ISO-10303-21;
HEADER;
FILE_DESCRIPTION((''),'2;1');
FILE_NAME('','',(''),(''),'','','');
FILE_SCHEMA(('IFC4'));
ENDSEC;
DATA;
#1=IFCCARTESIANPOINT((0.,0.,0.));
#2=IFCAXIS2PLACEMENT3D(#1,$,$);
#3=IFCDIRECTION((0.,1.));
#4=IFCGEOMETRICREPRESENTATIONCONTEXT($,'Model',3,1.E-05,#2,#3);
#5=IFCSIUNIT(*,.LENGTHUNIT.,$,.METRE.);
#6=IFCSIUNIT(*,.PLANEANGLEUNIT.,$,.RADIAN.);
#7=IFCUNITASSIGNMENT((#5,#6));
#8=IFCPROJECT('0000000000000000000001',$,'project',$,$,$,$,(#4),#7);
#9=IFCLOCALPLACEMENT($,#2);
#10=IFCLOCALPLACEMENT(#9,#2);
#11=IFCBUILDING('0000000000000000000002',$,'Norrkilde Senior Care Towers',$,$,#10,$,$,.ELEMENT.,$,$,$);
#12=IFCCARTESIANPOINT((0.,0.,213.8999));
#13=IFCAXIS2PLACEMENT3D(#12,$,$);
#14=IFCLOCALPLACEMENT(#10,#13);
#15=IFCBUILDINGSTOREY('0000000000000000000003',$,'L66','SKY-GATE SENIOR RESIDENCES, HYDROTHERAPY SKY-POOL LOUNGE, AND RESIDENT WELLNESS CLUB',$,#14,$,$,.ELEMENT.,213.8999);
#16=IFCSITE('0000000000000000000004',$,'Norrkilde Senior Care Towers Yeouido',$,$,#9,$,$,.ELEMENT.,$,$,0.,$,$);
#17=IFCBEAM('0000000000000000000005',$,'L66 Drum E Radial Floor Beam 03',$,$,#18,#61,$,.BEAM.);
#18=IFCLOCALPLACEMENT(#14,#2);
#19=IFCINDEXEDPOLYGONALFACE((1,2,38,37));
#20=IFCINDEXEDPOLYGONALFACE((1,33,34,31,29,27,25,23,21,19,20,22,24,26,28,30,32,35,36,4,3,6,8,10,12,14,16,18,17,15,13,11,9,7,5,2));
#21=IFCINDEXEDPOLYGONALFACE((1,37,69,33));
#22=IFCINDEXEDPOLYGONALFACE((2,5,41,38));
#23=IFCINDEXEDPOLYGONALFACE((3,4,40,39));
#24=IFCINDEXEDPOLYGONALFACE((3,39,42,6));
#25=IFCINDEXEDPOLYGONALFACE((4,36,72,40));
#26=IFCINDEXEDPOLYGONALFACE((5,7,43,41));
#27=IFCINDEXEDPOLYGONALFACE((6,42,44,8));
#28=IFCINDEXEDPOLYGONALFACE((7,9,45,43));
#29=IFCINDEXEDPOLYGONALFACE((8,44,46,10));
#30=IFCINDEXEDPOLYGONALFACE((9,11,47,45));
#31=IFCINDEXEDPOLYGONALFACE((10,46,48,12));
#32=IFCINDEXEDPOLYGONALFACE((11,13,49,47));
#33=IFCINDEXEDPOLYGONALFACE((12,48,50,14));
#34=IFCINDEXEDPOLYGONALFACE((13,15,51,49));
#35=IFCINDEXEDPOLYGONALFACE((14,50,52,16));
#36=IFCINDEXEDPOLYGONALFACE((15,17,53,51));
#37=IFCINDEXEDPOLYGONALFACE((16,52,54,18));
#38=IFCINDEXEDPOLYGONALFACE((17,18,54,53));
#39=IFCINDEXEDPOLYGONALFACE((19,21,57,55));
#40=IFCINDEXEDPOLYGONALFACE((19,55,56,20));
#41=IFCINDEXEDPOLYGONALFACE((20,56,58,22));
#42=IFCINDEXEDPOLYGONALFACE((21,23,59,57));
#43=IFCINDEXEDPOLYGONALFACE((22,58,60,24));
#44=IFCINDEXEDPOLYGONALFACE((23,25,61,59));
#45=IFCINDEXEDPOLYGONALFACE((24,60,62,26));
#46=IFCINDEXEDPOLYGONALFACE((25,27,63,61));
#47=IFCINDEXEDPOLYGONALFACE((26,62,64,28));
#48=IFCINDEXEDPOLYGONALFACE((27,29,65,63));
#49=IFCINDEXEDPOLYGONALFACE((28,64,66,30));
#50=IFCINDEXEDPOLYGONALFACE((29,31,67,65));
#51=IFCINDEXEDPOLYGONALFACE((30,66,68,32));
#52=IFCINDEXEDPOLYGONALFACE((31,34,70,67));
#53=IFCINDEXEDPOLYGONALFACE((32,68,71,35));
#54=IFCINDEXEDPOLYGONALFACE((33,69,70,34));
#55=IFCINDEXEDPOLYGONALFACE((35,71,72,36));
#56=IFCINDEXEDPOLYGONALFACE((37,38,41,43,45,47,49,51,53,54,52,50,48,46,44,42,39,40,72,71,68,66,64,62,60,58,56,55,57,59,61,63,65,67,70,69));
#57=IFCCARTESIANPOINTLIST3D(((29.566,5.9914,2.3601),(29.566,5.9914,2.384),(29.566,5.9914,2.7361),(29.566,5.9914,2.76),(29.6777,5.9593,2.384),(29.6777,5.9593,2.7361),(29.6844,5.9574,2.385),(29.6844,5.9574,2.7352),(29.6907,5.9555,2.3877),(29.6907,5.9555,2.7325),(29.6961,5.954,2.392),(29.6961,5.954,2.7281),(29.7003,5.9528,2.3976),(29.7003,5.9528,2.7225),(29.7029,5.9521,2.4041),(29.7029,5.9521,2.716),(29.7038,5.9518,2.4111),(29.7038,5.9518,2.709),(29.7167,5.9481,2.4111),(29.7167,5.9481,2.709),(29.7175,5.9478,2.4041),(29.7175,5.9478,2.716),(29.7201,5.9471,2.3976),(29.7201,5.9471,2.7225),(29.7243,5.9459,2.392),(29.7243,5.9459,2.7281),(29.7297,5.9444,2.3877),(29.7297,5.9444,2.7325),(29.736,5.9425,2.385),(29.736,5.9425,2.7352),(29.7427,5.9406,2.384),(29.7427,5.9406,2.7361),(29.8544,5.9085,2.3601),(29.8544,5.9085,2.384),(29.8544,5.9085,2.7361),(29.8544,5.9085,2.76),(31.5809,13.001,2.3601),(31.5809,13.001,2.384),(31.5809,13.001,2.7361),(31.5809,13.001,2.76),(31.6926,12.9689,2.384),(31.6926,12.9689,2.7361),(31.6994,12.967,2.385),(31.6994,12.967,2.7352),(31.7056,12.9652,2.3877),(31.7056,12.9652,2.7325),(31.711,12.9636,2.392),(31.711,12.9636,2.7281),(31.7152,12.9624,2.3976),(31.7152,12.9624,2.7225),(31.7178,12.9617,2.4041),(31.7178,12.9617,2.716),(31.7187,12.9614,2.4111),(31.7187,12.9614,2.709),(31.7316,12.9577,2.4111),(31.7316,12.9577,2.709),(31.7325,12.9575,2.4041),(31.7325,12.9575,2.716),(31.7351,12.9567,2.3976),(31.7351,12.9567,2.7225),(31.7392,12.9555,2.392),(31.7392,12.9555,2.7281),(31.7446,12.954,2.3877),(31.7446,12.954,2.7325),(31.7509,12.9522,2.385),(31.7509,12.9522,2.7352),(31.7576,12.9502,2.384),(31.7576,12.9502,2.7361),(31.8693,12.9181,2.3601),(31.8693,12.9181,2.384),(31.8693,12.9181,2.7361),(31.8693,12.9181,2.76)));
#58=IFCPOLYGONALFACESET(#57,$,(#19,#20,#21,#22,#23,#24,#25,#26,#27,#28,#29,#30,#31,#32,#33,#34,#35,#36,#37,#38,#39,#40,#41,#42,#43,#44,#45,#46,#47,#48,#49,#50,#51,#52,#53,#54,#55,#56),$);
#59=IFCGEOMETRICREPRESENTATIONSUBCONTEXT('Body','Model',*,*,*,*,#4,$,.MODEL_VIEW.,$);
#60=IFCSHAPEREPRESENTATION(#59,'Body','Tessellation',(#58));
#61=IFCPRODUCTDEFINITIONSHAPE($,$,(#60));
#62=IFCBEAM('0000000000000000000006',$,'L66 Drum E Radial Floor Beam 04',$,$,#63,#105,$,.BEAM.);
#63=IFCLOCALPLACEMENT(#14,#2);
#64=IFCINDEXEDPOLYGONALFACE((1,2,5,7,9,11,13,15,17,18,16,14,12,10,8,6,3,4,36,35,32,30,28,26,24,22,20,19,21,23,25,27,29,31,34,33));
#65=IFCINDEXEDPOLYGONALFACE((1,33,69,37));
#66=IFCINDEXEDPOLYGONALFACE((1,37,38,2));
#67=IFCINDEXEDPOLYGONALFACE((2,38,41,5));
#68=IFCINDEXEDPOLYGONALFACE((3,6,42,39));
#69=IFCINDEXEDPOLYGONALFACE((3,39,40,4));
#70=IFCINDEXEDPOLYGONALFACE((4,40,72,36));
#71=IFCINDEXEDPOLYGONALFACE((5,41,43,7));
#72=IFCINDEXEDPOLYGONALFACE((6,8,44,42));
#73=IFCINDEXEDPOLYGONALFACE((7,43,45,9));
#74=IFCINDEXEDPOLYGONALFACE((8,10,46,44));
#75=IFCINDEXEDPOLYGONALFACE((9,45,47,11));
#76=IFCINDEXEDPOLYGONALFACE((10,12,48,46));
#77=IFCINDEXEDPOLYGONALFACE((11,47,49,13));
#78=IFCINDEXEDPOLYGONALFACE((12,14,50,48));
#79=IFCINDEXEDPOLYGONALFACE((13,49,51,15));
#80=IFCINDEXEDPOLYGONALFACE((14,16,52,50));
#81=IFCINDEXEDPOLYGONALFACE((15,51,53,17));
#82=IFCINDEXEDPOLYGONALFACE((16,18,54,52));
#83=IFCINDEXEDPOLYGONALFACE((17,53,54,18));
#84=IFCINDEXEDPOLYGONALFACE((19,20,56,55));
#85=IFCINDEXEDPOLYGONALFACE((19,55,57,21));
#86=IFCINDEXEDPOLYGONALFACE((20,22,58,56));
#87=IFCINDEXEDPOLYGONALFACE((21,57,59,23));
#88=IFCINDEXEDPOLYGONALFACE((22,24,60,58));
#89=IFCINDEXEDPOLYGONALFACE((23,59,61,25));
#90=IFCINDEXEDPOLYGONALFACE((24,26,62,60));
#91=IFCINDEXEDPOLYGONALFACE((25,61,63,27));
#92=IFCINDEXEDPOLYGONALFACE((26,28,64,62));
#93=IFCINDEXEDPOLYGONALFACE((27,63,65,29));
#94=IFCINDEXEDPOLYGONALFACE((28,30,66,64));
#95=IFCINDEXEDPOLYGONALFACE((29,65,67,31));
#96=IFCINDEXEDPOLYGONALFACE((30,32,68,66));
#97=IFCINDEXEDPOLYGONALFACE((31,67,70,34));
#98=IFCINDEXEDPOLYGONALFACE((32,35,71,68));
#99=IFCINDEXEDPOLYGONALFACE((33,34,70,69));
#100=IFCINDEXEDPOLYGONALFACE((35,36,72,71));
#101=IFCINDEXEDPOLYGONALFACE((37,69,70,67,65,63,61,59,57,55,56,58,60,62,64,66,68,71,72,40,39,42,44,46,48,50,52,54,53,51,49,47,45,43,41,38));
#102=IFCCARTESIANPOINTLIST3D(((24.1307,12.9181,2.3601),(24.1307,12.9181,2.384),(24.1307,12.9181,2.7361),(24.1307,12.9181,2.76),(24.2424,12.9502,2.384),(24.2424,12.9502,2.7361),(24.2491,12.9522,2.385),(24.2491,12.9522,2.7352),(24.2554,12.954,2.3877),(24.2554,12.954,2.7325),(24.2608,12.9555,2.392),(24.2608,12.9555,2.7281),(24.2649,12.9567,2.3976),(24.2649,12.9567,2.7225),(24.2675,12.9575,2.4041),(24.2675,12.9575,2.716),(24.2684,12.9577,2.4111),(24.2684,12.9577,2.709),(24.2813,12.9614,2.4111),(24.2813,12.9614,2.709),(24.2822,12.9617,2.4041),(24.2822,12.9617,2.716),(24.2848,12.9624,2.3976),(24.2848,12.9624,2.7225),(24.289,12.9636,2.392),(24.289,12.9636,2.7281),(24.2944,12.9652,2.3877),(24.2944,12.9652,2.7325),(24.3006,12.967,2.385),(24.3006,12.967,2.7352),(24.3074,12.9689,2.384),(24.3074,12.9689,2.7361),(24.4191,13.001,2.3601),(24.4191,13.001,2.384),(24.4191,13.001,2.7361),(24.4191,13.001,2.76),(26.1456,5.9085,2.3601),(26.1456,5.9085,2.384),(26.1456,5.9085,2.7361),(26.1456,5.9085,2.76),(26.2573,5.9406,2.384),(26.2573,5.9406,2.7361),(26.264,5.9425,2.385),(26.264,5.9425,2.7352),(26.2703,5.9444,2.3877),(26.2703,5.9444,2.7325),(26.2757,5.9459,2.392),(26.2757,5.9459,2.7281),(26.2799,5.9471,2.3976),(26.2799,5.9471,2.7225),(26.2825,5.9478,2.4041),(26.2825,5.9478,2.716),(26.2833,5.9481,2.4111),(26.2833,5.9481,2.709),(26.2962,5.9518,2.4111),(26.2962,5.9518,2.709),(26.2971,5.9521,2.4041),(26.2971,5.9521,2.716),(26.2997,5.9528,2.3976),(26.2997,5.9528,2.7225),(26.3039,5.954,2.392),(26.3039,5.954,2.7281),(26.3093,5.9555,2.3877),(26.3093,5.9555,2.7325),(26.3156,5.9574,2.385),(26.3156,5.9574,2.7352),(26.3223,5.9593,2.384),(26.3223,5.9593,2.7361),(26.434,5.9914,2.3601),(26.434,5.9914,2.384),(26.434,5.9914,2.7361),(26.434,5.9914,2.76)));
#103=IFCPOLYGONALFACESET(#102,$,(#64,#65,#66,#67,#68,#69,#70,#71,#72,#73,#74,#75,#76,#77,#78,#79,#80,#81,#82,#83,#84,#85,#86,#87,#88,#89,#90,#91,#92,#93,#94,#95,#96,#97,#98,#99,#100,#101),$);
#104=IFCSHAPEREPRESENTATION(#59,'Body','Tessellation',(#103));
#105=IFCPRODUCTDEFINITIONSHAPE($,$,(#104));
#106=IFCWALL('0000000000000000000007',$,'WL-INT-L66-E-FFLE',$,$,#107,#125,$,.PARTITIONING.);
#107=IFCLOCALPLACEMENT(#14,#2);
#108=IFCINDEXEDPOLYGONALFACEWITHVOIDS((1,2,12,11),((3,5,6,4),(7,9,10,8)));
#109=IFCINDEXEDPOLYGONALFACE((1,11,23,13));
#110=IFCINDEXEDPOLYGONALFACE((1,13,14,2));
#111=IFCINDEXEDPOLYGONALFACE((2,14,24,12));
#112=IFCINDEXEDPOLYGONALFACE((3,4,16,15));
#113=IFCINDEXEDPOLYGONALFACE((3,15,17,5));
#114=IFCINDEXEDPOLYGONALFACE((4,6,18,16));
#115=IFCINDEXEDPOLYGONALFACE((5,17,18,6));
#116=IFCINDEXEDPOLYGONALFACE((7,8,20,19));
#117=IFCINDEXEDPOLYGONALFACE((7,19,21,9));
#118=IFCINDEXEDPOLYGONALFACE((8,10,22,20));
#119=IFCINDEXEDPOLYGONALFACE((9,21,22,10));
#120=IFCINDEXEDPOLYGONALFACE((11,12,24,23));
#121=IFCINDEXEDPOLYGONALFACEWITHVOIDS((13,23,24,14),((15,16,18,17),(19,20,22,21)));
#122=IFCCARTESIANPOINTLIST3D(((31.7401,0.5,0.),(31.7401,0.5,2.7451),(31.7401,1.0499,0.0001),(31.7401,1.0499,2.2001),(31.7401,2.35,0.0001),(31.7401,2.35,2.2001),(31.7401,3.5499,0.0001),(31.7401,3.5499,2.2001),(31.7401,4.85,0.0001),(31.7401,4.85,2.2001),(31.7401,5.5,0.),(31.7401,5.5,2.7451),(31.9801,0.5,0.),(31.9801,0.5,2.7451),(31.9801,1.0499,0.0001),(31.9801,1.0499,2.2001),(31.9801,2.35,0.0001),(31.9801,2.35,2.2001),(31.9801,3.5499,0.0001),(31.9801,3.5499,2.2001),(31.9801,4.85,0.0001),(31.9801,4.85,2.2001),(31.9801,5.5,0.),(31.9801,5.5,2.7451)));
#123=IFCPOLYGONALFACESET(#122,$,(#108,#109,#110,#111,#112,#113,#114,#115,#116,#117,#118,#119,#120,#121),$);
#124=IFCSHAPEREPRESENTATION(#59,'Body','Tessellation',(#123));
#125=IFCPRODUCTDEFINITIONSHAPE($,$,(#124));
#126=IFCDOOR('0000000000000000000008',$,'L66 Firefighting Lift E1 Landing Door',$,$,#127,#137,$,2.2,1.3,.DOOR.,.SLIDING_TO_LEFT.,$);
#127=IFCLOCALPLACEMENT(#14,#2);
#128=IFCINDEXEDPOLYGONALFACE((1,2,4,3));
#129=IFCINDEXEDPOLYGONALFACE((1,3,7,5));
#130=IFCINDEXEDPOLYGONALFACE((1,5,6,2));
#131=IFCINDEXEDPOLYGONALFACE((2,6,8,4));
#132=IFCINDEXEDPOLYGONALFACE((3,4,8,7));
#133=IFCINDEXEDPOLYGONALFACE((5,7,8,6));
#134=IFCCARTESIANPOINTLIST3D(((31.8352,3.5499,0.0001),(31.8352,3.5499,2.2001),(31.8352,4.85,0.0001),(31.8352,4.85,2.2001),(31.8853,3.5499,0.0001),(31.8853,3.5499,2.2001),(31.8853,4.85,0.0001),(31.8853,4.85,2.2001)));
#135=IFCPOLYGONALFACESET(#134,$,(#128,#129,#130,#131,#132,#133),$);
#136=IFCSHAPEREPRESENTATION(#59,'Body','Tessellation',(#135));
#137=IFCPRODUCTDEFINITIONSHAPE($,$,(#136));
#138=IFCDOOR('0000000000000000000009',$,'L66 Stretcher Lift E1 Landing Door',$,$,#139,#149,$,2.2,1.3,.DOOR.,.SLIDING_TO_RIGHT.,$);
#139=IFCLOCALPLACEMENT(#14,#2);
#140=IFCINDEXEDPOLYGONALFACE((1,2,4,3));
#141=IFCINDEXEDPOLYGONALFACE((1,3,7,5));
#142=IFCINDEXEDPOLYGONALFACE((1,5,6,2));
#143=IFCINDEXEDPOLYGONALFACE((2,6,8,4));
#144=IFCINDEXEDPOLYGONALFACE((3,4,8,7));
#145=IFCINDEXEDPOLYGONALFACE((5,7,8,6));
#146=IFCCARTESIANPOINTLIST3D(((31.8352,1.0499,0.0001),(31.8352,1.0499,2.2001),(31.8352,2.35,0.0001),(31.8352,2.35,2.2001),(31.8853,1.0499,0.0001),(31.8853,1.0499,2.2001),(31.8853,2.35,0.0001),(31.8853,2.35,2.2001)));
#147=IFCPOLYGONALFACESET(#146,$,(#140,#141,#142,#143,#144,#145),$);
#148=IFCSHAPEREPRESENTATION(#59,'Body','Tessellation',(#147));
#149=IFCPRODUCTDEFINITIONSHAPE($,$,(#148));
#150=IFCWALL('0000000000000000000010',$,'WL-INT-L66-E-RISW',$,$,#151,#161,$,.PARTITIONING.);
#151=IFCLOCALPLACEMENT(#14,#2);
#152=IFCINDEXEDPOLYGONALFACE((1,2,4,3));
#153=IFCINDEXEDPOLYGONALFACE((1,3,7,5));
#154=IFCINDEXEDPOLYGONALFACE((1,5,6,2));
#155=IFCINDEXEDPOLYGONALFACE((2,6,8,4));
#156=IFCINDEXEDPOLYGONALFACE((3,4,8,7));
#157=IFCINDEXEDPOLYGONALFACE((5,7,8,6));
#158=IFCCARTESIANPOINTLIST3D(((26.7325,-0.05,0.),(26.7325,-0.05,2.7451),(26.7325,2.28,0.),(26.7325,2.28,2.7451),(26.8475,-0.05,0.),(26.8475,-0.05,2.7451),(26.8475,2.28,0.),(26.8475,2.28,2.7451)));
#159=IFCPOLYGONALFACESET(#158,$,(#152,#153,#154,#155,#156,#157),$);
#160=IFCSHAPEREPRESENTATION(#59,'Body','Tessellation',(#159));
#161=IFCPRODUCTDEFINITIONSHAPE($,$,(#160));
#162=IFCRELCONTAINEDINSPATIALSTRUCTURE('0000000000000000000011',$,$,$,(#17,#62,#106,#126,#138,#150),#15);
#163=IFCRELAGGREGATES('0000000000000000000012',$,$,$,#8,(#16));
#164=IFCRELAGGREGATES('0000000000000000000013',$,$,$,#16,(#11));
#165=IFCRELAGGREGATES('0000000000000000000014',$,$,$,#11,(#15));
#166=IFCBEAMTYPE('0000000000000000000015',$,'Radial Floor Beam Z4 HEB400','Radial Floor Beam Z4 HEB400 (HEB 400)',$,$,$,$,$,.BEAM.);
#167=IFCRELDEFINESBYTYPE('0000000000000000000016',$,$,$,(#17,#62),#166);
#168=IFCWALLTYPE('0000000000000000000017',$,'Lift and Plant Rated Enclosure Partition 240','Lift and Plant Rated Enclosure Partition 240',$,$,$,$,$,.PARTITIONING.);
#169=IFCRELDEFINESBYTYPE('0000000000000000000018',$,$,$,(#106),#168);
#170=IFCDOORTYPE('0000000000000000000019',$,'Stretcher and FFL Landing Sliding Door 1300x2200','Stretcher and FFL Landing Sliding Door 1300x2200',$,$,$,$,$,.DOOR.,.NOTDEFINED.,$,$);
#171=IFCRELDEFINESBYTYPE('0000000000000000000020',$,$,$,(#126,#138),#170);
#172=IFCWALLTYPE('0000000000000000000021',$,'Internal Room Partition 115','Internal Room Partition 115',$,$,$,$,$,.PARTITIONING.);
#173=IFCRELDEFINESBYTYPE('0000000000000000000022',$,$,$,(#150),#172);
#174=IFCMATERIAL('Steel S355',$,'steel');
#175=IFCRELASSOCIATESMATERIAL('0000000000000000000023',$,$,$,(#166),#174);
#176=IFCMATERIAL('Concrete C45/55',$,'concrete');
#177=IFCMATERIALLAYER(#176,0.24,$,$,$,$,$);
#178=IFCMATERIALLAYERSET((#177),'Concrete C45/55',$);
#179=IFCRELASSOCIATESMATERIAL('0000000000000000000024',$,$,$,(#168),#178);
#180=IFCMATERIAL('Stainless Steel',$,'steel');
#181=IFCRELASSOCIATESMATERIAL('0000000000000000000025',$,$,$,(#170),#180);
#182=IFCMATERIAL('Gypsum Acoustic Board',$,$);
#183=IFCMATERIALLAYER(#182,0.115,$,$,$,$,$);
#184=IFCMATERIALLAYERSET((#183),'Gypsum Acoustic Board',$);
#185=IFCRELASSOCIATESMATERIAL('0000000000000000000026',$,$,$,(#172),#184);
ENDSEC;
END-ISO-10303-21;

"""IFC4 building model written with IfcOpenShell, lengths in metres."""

from ifc_helpers import new_model, si_unit, direction, frame, frame_2d, origin, origin_2d, place, context, subcontext, project, spatial, rectangle, i_section, extrude, source, transform, mapped, material, layer, layer_set, material_profile, profile_set, type_object, type_shapes, element, fill, save


model = new_model("IFC4")

# Units and contexts
model_context = context("Model", 3, precision=1e-05, world=origin(), true_north=direction((0.0, 1.0)))
body_context = subcontext(model_context, "Body", "Model", "MODEL_VIEW")
ifc_project = project(units=[si_unit("LENGTHUNIT", "METRE"), si_unit("PLANEANGLEUNIT", "RADIAN")], contexts=[model_context])

# Site, building, storey
site_placement = place(None, origin())
site = spatial("IfcSite", under=ifc_project, at=site_placement, Name="Norrkilde Senior Care Towers Yeouido", CompositionType="ELEMENT", RefElevation=0.0)
building_placement = place(site_placement, origin())
building = spatial("IfcBuilding", under=site, at=building_placement, Name="Norrkilde Senior Care Towers", CompositionType="ELEMENT")
storey_placement = place(building_placement, frame((0.0, 0.0, 213.8999)))
storey = spatial("IfcBuildingStorey", under=building, at=storey_placement, Name="L66", Description="SKY-GATE SENIOR RESIDENCES, HYDROTHERAPY SKY-POOL LOUNGE, AND RESIDENT WELLNESS CLUB", CompositionType="ELEMENT", Elevation=213.8999)

# Beams
ifc_material_1 = material(Name="Steel S355", Category="steel")
ifc_material_profile = material_profile(ifc_material_1, i_section(OverallWidth=0.3, OverallDepth=0.3999, WebThickness=0.0134, FlangeThickness=0.0239, FilletRadius=0.0271, at=origin_2d()), Name="HEB 400")
ifc_profile_set = profile_set([ifc_material_profile], Name="Steel S355")
beam_type = type_object("IfcBeamType", Name="Radial Floor Beam Z4 HEB400", Description="Radial Floor Beam Z4 HEB400 (HEB 400)", PredefinedType="BEAM", material=ifc_profile_set)
shared_shape_1 = source(origin(), body_context, "Body", "SweptSolid", [
    extrude(i_section(OverallWidth=0.3, OverallDepth=0.3999, WebThickness=0.0134, FlangeThickness=0.0239, FilletRadius=0.0271, at=origin_2d()), origin(), (0.0, 0.0, 1.0), 7.2935),
])
type_shapes(beam_type, [shared_shape_1])
for number, where, z_axis, x_axis, name in (
    (1, (29.7102, 5.95, 2.5601), (0.276264, 0.961082, 0.0), (-0.961082, 0.276264, 0.0), "L66 Drum E Radial Floor Beam 03"),
    (2, (26.2898, 5.95, 2.5601), (-0.276264, 0.961082, 0.0), (-0.961082, -0.276264, 0.0), "L66 Drum E Radial Floor Beam 04"),
):
    element("IfcBeam", number, at=place(storey_placement, frame(where, z_axis=z_axis, x_axis=x_axis)), inside=storey, type_object=beam_type, Name=name, PredefinedType="BEAM", context=body_context, shape_type="MappedRepresentation", body=[
        mapped(shared_shape_1, transform((0.0, 0.0, 0.0), x_axis=(1.0, 0.0, 0.0), y_axis=(0.0, 1.0, 0.0), z_axis=(0.0, 0.0, 1.0), scale=1.0)),
    ])

# Shared definitions
ifc_material_2 = material(Name="Concrete C45/55", Category="concrete")

# Wall, openings, doors
ifc_layer_1 = layer(ifc_material_2, 0.24)
ifc_layer_set_1 = layer_set([ifc_layer_1], Name="Concrete C45/55")
wall_type_1 = type_object("IfcWallType", Name="Lift and Plant Rated Enclosure Partition 240", Description="Lift and Plant Rated Enclosure Partition 240", PredefinedType="PARTITIONING", material=ifc_layer_set_1)
shared_shape_2 = source(origin(), body_context, "Body", "SweptSolid", [
    extrude(rectangle(XDim=5.0, YDim=0.24, at=frame_2d((2.5, 0.0))), origin(), (0.0, 0.0, 1.0), 2.7451),
])
type_shapes(wall_type_1, [shared_shape_2])
wall_1_placement = place(storey_placement, frame((31.8601, 0.5, 0.0), z_axis=(0.0, 0.0, 1.0), x_axis=(0.0, 1.0, 0.0)))
wall_1 = element("IfcWall", 3, at=wall_1_placement, inside=storey, type_object=wall_type_1, Name="WL-INT-L66-E-FFLE", PredefinedType="PARTITIONING", context=body_context, shape_type="MappedRepresentation", body=[
    mapped(shared_shape_2, transform((0.0, 0.0, 0.0), x_axis=(1.0, 0.0, 0.0), y_axis=(0.0, 1.0, 0.0), z_axis=(0.0, 0.0, 1.0), scale=1.0)),
])
opening_1_placement = place(wall_1_placement, frame((3.05, 0.0, 0.0)))
opening_1 = element("IfcOpeningElement", 4, at=opening_1_placement, cuts=wall_1, PredefinedType="OPENING", context=body_context, shape_type="SweptSolid", body=[
    extrude(rectangle(XDim=1.3, YDim=2.2, at=frame_2d((0.6499, 1.1001))), frame((0.0, 0.1299, 0.0), z_axis=(0.0, -1.0, 0.0), x_axis=(1.0, 0.0, 0.0)), (0.0, 0.0, 1.0), 0.26),
])
opening_2_placement = place(wall_1_placement, frame((0.55, 0.0, 0.0)))
opening_2 = element("IfcOpeningElement", 5, at=opening_2_placement, cuts=wall_1, PredefinedType="OPENING", context=body_context, shape_type="SweptSolid", body=[
    extrude(rectangle(XDim=1.3, YDim=2.2, at=frame_2d((0.6499, 1.1001))), frame((0.0, 0.1299, 0.0), z_axis=(0.0, -1.0, 0.0), x_axis=(1.0, 0.0, 0.0)), (0.0, 0.0, 1.0), 0.26),
])
ifc_material_3 = material(Name="Stainless Steel", Category="steel")
door_type_1 = type_object("IfcDoorType", Name="Stretcher and FFL Landing Sliding Door 1300x2200", Description="Stretcher and FFL Landing Sliding Door 1300x2200", OperationType="NOTDEFINED", PredefinedType="DOOR", material=ifc_material_3)
shared_shape_3 = source(origin(), body_context, "Body", "SweptSolid", [
    extrude(rectangle(XDim=1.3, YDim=2.2, at=frame_2d((0.6499, 1.1001))), frame((0.0, 0.0249, 0.0), z_axis=(0.0, -1.0, 0.0), x_axis=(1.0, 0.0, 0.0)), (0.0, 0.0, 1.0), 0.05),
])
type_shapes(door_type_1, [shared_shape_3])
door_1_placement = place(opening_1_placement, origin())
door_1 = element("IfcDoor", 6, at=door_1_placement, inside=storey, type_object=door_type_1, Name="L66 Firefighting Lift E1 Landing Door", OperationType="SLIDING_TO_LEFT", OverallHeight=2.2, OverallWidth=1.3, PredefinedType="DOOR", context=body_context, shape_type="MappedRepresentation", body=[
    mapped(shared_shape_3, transform((0.0, 0.0, 0.0), x_axis=(1.0, 0.0, 0.0), y_axis=(0.0, 1.0, 0.0), z_axis=(0.0, 0.0, 1.0), scale=1.0)),
])
fill(opening_1, door_1)
door_2_placement = place(opening_2_placement, origin())
door_2 = element("IfcDoor", 7, at=door_2_placement, inside=storey, type_object=door_type_1, Name="L66 Stretcher Lift E1 Landing Door", OperationType="SLIDING_TO_RIGHT", OverallHeight=2.2, OverallWidth=1.3, PredefinedType="DOOR", context=body_context, shape_type="MappedRepresentation", body=[
    mapped(shared_shape_3, transform((0.0, 0.0, 0.0), x_axis=(1.0, 0.0, 0.0), y_axis=(0.0, 1.0, 0.0), z_axis=(0.0, 0.0, 1.0), scale=1.0)),
])
fill(opening_2, door_2)

# Wall
ifc_material_4 = material(Name="Gypsum Acoustic Board")
ifc_layer_2 = layer(ifc_material_4, 0.115)
ifc_layer_set_2 = layer_set([ifc_layer_2], Name="Gypsum Acoustic Board")
wall_type_2 = type_object("IfcWallType", Name="Internal Room Partition 115", Description="Internal Room Partition 115", PredefinedType="PARTITIONING", material=ifc_layer_set_2)
shared_shape_4 = source(origin(), body_context, "Body", "SweptSolid", [
    extrude(rectangle(XDim=2.3301, YDim=0.115, at=frame_2d((1.165, 0.0))), origin(), (0.0, 0.0, 1.0), 2.7451),
])
type_shapes(wall_type_2, [shared_shape_4])
wall_2_placement = place(storey_placement, frame((26.79, -0.05, 0.0), z_axis=(0.0, 0.0, 1.0), x_axis=(0.0, 1.0, 0.0)))
element("IfcWall", 8, at=wall_2_placement, inside=storey, type_object=wall_type_2, Name="WL-INT-L66-E-RISW", PredefinedType="PARTITIONING", context=body_context, shape_type="MappedRepresentation", body=[
    mapped(shared_shape_4, transform((0.0, 0.0, 0.0), x_axis=(1.0, 0.0, 0.0), y_axis=(0.0, 1.0, 0.0), z_axis=(0.0, 0.0, 1.0), scale=1.0)),
])

save(model, "model.ifc")
